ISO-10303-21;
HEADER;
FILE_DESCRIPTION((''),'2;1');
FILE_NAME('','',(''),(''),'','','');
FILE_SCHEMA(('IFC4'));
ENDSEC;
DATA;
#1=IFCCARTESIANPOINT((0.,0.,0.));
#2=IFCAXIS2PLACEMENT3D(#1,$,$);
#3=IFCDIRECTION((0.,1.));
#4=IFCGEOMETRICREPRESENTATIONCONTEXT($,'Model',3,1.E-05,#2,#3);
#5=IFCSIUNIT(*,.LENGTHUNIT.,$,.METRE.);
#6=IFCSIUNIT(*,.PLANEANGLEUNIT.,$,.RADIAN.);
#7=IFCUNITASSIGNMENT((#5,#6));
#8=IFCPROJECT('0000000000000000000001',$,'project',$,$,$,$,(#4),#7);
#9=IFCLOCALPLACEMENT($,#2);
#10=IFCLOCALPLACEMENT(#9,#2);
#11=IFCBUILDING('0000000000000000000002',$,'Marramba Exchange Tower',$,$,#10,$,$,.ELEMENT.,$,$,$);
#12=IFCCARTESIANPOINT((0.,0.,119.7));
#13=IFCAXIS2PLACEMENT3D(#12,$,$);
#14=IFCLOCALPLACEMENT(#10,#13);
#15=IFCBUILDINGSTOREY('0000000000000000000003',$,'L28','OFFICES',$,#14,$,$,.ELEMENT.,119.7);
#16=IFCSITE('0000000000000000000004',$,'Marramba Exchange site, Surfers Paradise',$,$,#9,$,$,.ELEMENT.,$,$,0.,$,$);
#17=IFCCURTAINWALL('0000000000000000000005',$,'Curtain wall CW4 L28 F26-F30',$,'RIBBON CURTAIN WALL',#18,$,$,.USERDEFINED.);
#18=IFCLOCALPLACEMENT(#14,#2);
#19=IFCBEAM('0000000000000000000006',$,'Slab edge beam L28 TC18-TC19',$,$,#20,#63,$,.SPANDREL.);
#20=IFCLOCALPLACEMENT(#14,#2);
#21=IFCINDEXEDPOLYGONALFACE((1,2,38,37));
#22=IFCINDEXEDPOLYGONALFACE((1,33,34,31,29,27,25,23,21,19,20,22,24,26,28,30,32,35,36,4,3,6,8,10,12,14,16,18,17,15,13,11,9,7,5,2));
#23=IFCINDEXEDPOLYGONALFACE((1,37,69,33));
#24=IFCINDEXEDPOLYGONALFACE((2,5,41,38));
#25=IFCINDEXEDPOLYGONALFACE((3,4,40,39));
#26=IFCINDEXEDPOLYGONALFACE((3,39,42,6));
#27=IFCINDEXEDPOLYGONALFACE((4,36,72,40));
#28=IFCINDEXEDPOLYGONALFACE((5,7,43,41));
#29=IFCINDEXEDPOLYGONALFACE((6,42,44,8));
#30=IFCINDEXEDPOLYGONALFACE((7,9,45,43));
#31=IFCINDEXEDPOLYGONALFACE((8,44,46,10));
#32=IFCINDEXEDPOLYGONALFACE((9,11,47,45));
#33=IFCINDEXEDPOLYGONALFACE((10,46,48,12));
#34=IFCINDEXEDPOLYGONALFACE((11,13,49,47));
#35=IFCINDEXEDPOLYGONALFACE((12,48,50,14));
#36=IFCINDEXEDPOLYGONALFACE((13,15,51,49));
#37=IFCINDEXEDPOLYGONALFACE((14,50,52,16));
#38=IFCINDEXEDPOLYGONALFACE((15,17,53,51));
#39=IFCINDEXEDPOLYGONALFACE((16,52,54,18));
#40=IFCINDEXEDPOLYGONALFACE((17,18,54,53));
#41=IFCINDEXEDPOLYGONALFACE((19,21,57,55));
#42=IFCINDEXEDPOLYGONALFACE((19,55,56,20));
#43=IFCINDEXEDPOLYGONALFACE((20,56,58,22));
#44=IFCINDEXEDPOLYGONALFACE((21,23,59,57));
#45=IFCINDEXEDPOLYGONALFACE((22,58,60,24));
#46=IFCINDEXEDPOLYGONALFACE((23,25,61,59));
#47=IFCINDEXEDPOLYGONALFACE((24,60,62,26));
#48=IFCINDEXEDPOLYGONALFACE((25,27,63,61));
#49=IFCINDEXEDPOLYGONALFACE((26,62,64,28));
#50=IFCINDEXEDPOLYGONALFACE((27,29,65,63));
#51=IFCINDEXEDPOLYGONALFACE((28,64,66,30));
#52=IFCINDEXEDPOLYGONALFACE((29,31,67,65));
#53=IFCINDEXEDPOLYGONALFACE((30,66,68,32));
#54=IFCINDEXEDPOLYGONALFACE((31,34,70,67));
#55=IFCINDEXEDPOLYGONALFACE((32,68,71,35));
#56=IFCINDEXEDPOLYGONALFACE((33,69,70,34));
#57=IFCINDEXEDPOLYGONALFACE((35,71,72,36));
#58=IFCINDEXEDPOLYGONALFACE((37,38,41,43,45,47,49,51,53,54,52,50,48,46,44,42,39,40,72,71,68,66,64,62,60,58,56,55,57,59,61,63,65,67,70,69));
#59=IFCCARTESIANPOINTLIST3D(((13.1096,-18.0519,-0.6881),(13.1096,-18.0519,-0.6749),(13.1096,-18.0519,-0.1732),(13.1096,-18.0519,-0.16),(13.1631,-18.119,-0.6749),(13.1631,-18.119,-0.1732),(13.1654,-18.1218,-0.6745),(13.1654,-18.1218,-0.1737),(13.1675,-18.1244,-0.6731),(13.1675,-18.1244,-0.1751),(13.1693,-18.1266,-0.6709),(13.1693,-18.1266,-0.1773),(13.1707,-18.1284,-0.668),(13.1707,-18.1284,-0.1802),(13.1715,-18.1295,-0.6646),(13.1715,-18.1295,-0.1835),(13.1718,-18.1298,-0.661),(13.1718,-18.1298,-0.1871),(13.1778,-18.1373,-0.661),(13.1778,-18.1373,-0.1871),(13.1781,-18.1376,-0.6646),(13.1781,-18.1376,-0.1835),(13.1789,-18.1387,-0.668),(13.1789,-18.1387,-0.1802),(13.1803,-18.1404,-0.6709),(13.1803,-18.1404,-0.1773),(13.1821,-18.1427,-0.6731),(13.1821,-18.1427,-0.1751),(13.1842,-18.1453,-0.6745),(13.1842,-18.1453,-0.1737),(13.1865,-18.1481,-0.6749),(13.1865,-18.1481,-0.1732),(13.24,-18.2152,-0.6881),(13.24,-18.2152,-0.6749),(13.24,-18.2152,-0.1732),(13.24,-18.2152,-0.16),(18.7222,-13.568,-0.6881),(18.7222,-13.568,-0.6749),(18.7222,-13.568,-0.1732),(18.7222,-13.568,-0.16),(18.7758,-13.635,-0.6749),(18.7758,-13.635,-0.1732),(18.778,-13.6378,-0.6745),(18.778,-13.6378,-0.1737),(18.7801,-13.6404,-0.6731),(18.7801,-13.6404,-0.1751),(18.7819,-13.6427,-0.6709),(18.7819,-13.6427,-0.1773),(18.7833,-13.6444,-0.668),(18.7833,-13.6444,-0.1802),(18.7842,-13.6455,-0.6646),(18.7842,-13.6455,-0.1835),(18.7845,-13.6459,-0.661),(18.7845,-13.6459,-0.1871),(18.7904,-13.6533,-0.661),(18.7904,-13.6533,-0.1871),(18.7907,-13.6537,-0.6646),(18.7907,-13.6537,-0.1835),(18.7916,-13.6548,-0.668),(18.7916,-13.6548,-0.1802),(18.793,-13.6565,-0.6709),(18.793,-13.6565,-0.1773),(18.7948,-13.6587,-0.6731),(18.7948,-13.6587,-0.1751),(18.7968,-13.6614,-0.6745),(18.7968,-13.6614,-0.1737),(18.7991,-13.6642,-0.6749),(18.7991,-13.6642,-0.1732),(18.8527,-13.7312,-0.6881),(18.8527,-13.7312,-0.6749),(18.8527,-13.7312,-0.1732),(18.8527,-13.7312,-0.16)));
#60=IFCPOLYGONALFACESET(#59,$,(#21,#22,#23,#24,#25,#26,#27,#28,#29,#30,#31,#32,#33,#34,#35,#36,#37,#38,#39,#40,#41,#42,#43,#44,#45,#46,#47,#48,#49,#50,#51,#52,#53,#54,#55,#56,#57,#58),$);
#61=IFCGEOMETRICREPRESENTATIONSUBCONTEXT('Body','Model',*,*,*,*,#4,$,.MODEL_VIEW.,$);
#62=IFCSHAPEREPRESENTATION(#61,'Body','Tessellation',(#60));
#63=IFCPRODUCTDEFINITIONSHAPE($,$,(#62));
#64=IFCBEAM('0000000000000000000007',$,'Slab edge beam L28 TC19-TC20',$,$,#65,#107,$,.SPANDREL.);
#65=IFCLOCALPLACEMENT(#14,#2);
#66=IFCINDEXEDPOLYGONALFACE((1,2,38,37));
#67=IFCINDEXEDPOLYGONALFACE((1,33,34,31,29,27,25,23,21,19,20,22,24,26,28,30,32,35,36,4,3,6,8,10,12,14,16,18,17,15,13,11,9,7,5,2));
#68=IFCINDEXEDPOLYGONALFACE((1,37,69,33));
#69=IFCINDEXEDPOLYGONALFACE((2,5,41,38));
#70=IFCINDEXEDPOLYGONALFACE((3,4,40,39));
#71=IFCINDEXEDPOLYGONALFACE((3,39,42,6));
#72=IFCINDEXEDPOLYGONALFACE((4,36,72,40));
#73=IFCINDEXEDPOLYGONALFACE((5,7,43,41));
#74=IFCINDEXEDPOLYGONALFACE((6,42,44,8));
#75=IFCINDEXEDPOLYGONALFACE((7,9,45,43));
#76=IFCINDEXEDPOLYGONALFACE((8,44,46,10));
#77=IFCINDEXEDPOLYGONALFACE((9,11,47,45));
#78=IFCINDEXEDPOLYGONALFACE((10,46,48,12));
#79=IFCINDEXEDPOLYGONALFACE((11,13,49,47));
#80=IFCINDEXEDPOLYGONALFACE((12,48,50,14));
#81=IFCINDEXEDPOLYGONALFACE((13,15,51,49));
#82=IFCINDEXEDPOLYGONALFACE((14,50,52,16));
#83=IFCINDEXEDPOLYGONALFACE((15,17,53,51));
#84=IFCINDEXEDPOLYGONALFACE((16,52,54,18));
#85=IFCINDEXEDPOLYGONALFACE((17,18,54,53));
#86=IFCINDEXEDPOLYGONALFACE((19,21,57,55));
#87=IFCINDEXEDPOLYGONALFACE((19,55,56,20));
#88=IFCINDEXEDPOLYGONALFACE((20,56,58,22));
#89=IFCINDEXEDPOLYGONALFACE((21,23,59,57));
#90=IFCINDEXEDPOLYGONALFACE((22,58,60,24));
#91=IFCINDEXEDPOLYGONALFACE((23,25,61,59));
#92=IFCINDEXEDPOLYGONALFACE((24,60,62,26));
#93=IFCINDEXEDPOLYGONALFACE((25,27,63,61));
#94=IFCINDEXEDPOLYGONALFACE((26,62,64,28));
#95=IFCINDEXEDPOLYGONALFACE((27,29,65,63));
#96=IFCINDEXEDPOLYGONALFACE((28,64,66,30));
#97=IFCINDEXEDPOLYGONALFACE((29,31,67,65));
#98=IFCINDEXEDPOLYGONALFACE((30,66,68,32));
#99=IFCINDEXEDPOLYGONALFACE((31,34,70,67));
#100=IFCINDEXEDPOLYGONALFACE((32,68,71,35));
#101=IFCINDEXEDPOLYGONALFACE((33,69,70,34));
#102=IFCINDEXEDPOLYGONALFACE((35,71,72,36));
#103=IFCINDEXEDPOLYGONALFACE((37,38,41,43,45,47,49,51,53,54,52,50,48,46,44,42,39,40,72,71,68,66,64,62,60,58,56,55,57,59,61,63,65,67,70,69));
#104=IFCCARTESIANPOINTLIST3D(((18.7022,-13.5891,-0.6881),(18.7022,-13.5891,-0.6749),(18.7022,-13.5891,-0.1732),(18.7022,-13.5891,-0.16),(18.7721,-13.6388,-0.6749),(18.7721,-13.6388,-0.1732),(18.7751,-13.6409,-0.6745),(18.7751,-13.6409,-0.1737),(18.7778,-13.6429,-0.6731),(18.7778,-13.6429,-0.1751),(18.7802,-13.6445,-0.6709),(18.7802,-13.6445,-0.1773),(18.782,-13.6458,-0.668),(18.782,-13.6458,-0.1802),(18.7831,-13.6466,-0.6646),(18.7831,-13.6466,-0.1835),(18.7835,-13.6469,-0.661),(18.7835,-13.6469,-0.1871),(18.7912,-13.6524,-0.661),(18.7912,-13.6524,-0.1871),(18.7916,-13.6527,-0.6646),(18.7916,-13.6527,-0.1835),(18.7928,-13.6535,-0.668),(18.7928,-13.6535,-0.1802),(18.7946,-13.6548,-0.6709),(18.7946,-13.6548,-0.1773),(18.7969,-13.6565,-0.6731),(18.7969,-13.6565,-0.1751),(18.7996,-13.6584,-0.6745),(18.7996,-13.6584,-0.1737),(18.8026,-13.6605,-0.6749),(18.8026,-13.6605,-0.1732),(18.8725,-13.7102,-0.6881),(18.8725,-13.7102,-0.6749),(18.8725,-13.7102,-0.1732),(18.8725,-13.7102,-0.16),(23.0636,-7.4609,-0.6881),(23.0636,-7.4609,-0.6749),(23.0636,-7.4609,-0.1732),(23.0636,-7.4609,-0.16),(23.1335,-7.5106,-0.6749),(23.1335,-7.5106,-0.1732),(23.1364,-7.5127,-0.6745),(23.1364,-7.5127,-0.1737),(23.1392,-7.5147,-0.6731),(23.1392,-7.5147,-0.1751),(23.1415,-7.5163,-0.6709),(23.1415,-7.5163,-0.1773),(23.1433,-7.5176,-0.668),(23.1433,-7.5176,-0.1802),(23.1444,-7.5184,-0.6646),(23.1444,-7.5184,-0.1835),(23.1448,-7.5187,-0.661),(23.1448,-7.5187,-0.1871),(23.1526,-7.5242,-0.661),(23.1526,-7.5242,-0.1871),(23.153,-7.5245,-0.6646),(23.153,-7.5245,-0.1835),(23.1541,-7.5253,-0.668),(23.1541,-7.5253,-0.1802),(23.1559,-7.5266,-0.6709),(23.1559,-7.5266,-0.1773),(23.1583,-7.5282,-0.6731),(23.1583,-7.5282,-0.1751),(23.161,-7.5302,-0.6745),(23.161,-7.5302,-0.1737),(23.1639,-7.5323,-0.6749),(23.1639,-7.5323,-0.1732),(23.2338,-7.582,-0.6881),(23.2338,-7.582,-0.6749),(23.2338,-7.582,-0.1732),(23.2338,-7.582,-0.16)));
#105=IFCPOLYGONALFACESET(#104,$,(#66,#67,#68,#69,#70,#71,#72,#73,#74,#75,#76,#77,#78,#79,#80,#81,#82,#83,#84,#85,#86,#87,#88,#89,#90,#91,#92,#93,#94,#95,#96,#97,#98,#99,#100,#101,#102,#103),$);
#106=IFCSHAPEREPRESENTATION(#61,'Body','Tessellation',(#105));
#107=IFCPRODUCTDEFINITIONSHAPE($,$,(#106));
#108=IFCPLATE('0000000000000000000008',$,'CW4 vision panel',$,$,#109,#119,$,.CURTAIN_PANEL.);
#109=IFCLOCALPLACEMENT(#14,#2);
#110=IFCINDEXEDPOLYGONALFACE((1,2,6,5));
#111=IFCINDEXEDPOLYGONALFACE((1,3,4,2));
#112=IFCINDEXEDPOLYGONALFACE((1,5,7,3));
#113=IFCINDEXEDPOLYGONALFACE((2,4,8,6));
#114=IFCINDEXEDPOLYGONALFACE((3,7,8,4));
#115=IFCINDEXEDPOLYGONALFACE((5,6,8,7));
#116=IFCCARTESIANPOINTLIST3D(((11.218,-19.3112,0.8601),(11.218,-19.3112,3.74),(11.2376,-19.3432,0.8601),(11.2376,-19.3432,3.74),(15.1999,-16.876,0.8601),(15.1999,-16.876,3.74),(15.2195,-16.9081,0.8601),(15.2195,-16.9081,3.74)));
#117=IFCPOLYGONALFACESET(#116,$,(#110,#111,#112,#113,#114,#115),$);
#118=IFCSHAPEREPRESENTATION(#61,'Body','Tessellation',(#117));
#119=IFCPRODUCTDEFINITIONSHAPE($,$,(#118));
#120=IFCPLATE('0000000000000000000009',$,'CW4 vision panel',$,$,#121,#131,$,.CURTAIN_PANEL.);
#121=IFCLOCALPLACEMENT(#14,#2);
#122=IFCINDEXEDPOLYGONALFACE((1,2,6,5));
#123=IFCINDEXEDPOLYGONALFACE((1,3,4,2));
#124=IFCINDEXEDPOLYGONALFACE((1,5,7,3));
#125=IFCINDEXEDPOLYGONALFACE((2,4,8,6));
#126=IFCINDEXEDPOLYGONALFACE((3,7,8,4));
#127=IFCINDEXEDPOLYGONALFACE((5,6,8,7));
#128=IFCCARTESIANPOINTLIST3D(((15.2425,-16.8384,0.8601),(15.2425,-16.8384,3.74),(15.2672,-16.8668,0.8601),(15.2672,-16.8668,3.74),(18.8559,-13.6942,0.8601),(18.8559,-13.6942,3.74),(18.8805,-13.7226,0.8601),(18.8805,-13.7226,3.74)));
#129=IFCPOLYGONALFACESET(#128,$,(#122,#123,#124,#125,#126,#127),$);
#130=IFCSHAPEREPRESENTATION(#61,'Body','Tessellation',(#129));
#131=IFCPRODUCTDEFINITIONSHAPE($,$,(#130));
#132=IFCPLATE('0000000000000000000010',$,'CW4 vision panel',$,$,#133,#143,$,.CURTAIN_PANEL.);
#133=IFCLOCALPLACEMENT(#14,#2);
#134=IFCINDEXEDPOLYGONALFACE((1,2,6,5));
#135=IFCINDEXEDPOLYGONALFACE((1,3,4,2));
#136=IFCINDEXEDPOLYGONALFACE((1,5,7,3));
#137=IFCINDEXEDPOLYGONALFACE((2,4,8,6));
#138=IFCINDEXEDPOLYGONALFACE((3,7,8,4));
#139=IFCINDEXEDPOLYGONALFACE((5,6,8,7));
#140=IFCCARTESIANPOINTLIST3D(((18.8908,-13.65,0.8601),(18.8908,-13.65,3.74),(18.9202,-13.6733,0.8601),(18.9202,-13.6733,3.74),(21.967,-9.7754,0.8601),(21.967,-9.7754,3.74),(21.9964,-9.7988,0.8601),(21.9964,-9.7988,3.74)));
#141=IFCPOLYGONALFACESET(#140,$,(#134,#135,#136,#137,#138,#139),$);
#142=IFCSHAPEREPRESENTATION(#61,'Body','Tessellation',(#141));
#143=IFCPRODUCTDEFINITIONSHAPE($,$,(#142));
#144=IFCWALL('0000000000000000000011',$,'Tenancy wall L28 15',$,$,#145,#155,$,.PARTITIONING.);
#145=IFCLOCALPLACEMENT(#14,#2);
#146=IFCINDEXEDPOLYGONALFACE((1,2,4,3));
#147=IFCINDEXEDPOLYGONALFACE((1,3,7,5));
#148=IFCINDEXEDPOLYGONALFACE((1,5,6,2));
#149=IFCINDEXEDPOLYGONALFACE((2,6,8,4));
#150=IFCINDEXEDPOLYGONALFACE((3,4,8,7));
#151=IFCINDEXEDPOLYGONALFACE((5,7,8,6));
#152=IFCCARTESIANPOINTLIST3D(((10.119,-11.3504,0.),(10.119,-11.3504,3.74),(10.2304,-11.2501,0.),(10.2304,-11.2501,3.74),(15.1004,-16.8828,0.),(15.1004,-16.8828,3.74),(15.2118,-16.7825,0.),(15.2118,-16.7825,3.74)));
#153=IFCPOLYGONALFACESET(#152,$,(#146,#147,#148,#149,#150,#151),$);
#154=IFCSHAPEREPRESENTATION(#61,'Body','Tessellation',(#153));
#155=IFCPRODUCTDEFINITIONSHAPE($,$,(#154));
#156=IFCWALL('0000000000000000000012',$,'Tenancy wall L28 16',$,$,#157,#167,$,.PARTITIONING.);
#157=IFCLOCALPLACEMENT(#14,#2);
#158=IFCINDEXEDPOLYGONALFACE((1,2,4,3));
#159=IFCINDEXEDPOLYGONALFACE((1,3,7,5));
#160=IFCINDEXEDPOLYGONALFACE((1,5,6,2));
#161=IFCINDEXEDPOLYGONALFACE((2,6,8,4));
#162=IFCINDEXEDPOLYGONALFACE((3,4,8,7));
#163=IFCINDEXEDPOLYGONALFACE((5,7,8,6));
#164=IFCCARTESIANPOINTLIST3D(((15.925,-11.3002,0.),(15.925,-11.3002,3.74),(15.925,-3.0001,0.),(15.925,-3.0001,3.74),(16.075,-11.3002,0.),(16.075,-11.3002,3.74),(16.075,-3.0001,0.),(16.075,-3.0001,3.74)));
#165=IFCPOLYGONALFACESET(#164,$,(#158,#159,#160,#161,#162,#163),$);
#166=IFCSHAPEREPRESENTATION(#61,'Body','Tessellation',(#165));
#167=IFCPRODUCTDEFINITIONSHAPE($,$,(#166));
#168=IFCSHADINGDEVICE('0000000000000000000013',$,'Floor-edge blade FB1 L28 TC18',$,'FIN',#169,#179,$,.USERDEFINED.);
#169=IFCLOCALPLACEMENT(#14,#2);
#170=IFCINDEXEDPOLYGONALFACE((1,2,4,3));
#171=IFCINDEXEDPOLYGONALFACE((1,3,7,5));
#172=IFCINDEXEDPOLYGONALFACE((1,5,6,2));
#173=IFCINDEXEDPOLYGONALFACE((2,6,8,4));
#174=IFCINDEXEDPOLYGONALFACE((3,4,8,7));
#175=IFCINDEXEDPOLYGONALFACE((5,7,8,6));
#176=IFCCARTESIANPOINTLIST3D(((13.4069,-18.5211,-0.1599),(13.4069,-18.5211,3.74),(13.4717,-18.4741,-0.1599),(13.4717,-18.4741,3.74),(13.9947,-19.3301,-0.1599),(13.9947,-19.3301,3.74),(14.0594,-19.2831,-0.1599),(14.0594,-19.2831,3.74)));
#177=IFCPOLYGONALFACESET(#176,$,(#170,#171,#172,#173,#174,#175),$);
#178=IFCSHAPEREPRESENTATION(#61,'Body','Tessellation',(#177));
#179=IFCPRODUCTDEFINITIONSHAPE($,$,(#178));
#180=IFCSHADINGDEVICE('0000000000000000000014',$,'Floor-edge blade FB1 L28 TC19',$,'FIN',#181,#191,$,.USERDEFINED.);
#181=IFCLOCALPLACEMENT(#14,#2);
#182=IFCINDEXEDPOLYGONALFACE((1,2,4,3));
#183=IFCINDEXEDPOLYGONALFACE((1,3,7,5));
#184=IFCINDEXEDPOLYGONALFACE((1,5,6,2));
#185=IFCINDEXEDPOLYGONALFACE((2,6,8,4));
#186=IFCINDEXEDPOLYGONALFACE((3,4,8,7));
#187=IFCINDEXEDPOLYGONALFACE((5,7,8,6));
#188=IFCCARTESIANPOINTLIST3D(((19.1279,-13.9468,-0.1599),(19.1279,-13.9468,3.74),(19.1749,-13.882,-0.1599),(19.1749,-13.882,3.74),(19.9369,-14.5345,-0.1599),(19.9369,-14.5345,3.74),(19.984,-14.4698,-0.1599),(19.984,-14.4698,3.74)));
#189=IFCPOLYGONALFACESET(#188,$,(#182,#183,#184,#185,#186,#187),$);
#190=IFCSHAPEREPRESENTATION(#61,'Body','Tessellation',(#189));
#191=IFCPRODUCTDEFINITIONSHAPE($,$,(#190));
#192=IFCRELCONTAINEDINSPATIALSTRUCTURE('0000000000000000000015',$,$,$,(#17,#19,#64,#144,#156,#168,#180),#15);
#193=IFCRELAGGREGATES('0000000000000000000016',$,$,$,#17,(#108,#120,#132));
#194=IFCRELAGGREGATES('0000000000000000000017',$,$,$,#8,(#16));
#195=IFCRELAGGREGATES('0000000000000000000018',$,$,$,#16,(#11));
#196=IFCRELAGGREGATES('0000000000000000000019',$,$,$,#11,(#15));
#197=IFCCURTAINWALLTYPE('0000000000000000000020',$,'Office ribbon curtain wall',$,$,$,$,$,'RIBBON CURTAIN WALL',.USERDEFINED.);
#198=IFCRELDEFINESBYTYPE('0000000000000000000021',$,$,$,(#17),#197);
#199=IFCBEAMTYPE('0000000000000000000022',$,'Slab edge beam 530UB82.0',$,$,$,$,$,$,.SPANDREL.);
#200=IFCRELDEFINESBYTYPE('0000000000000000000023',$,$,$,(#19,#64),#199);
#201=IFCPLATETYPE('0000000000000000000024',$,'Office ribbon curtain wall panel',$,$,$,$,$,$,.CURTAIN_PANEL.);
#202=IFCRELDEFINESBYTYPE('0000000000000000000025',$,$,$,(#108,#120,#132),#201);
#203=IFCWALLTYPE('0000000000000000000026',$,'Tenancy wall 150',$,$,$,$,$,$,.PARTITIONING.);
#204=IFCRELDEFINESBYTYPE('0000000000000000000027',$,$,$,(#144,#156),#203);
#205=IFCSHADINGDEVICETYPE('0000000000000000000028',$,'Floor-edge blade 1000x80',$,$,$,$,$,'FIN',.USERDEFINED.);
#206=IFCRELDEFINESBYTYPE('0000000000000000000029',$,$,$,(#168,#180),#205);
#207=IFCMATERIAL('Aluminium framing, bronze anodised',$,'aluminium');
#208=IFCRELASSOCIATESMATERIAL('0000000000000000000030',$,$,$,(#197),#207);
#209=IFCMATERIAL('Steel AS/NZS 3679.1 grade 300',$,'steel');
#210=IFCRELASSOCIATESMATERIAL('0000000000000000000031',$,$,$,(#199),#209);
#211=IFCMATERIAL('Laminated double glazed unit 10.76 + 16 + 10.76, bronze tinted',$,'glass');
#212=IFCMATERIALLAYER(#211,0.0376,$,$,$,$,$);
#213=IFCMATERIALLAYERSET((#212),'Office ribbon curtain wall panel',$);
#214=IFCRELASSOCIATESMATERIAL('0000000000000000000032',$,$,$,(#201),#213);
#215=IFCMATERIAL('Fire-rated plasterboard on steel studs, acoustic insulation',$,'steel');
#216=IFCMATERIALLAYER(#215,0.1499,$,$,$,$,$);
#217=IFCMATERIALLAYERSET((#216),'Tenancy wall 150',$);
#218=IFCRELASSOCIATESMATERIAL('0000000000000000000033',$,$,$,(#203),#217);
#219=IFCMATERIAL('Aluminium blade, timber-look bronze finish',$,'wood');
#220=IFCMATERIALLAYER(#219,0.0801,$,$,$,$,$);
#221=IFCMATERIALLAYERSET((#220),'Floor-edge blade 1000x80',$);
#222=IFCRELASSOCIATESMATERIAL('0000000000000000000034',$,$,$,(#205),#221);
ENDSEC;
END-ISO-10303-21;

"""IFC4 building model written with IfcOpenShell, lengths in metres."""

from ifc_helpers import new_model, si_unit, direction, frame, frame_2d, origin, origin_2d, place, context, subcontext, project, spatial, rectangle, i_section, extrude, material, layer, layer_set, material_profile, profile_set, type_object, element, aggregate, save


model = new_model("IFC4")

# Units and contexts
model_context = context("Model", 3, precision=1e-05, world=origin(), true_north=direction((0.0, 1.0)))
body_context = subcontext(model_context, "Body", "Model", "MODEL_VIEW")
ifc_project = project(units=[si_unit("LENGTHUNIT", "METRE"), si_unit("PLANEANGLEUNIT", "RADIAN")], contexts=[model_context])

# Site, building, storey
site_placement = place(None, origin())
site = spatial("IfcSite", under=ifc_project, at=site_placement, Name="Marramba Exchange site, Surfers Paradise", CompositionType="ELEMENT", RefElevation=0.0)
building_placement = place(site_placement, origin())
building = spatial("IfcBuilding", under=site, at=building_placement, Name="Marramba Exchange Tower", CompositionType="ELEMENT")
storey_placement = place(building_placement, frame((0.0, 0.0, 119.7)))
storey = spatial("IfcBuildingStorey", under=building, at=storey_placement, Name="L28", Description="OFFICES", CompositionType="ELEMENT", Elevation=119.7)

# Curtain wall
ifc_material_1 = material(Name="Aluminium framing, bronze anodised", Category="aluminium")
curtain_wall_type = type_object("IfcCurtainWallType", Name="Office ribbon curtain wall", ElementType="RIBBON CURTAIN WALL", PredefinedType="USERDEFINED", material=ifc_material_1)
curtain_wall_placement = place(storey_placement, origin())
curtain_wall = element("IfcCurtainWall", 1, at=curtain_wall_placement, inside=storey, type_object=curtain_wall_type, Name="Curtain wall CW4 L28 F26-F30", ObjectType="RIBBON CURTAIN WALL", PredefinedType="USERDEFINED")

# Beams
ifc_material_2 = material(Name="Steel AS/NZS 3679.1 grade 300", Category="steel")
ifc_material_profile_1 = material_profile(ifc_material_2, i_section(OverallWidth=0.209, OverallDepth=0.5281, WebThickness=0.0095, FlangeThickness=0.0132, FilletRadius=0.0139, at=origin_2d()), Name="530UB82.0")
ifc_profile_set_1 = profile_set([ifc_material_profile_1], Name="Steel AS/NZS 3679.1 grade 300")
beam_type_1 = type_object("IfcBeamType", Name="Slab edge beam 530UB82.0", PredefinedType="SPANDREL", material=ifc_profile_set_1)
beam_1_placement = place(storey_placement, frame((13.1748, -18.1335, -0.4241), z_axis=(0.781286, 0.624173, 0.0), x_axis=(-0.624173, 0.781286, 0.0)))
element("IfcBeam", 2, at=beam_1_placement, inside=storey, type_object=beam_type_1, Name="Slab edge beam L28 TC18-TC19", PredefinedType="SPANDREL", context=body_context, shape_type="SweptSolid", body=[
    extrude(i_section(OverallWidth=0.209, OverallDepth=0.5281, WebThickness=0.0095, FlangeThickness=0.0132, FilletRadius=0.0139, at=origin_2d()), origin(), (0.0, 0.0, 1.0), 7.1838),
])
beam_2_placement = place(storey_placement, frame((18.7874, -13.6497, -0.4241), z_axis=(0.579834, 0.814735, 0.0), x_axis=(-0.814735, 0.579834, 0.0)))
element("IfcBeam", 3, at=beam_2_placement, inside=storey, type_object=beam_type_1, Name="Slab edge beam L28 TC19-TC20", PredefinedType="SPANDREL", context=body_context, shape_type="SweptSolid", body=[
    extrude(i_section(OverallWidth=0.209, OverallDepth=0.5281, WebThickness=0.0095, FlangeThickness=0.0132, FilletRadius=0.0139, at=origin_2d()), origin(), (0.0, 0.0, 1.0), 7.5217),
])

# Plates
ifc_material_3 = material(Name="Laminated double glazed unit 10.76 + 16 + 10.76, bronze tinted", Category="glass")
ifc_layer_1 = layer(ifc_material_3, 0.0376)
ifc_layer_set_1 = layer_set([ifc_layer_1], Name="Office ribbon curtain wall panel")
plate_type = type_object("IfcPlateType", Name="Office ribbon curtain wall panel", PredefinedType="CURTAIN_PANEL", material=ifc_layer_set_1)
plate_1_placement = place(storey_placement, frame((13.2188, -18.1096, 0.8601), z_axis=(0.0, 0.0, 1.0), x_axis=(0.853109, 0.521733, 0.0)))
plate_1 = element("IfcPlate", 4, at=plate_1_placement, type_object=plate_type, Name="CW4 vision panel", PredefinedType="CURTAIN_PANEL", context=body_context, shape_type="SweptSolid", body=[
    extrude(rectangle(XDim=4.6675, YDim=0.0376, at=origin_2d()), origin(), (0.0, 0.0, 1.0), 2.8799),
])
plate_2_placement = place(storey_placement, frame((17.0615, -15.2805, 0.8601), z_axis=(0.0, 0.0, 1.0), x_axis=(0.754386, 0.656432, 0.0)))
plate_2 = element("IfcPlate", 5, at=plate_2_placement, type_object=plate_type, Name="CW4 vision panel", PredefinedType="CURTAIN_PANEL", context=body_context, shape_type="SweptSolid", body=[
    extrude(rectangle(XDim=4.7898, YDim=0.0376, at=origin_2d()), origin(), (0.0, 0.0, 1.0), 2.8799),
])
plate_3_placement = place(storey_placement, frame((20.4436, -11.7244, 0.8601), z_axis=(0.0, 0.0, 1.0), x_axis=(0.621807, 0.78317, 0.0)))
plate_3 = element("IfcPlate", 6, at=plate_3_placement, type_object=plate_type, Name="CW4 vision panel", PredefinedType="CURTAIN_PANEL", context=body_context, shape_type="SweptSolid", body=[
    extrude(rectangle(XDim=4.9473, YDim=0.0376, at=origin_2d()), origin(), (0.0, 0.0, 1.0), 2.8799),
])
aggregate(curtain_wall, [plate_1, plate_2, plate_3])

# Walls
ifc_material_4 = material(Name="Fire-rated plasterboard on steel studs, acoustic insulation", Category="steel")
ifc_layer_2 = layer(ifc_material_4, 0.1499)
ifc_layer_set_2 = layer_set([ifc_layer_2], Name="Tenancy wall 150")
wall_type = type_object("IfcWallType", Name="Tenancy wall 150", PredefinedType="PARTITIONING", material=ifc_layer_set_2)
wall_1_placement = place(storey_placement, frame((15.156, -16.8325, 0.0), z_axis=(0.0, 0.0, 1.0), x_axis=(-0.66913, 0.743146, 0.0)))
element("IfcWall", 7, at=wall_1_placement, inside=storey, type_object=wall_type, Name="Tenancy wall L28 15", PredefinedType="PARTITIONING", context=body_context, shape_type="SweptSolid", body=[
    extrude(rectangle(XDim=7.4446, YDim=0.1499, at=frame_2d((3.7222, 0.0))), origin(), (0.0, 0.0, 1.0), 3.74),
])
wall_2_placement = place(storey_placement, frame((16.0, -11.3, 0.0), z_axis=(0.0, 0.0, 1.0), x_axis=(0.0, 1.0, 0.0)))
element("IfcWall", 8, at=wall_2_placement, inside=storey, type_object=wall_type, Name="Tenancy wall L28 16", PredefinedType="PARTITIONING", context=body_context, shape_type="SweptSolid", body=[
    extrude(rectangle(XDim=8.3, YDim=0.1499, at=frame_2d((4.1499, 0.0))), origin(), (0.0, 0.0, 1.0), 3.74),
])

# Shading devices
ifc_material_5 = material(Name="Aluminium blade, timber-look bronze finish", Category="wood")
ifc_layer_3 = layer(ifc_material_5, 0.0801)
ifc_layer_set_3 = layer_set([ifc_layer_3], Name="Floor-edge blade 1000x80")
shading_device_type_1 = type_object("IfcShadingDeviceType", Name="Floor-edge blade 1000x80", ElementType="FIN", PredefinedType="USERDEFINED", material=ifc_layer_set_3)
for number, where, z_axis, x_axis, name in (
    (9, (13.7332, -18.9021, -0.1599), (0.0, 0.0, 1.0), (0.587785, -0.809017, 0.0), "Floor-edge blade FB1 L28 TC18"),
    (10, (19.5559, -14.2083, -0.1599), (0.0, 0.0, 1.0), (0.809017, -0.587785, 0.0), "Floor-edge blade FB1 L28 TC19"),
):
    element("IfcShadingDevice", number, at=place(storey_placement, frame(where, z_axis=z_axis, x_axis=x_axis)), inside=storey, type_object=shading_device_type_1, Name=name, ObjectType="FIN", PredefinedType="USERDEFINED", context=body_context, shape_type="SweptSolid", body=[
        extrude(rectangle(XDim=1.0, YDim=0.0801, at=origin_2d()), origin(), (0.0, 0.0, 1.0), 3.8999),
    ])

save(model, "model.ifc")
